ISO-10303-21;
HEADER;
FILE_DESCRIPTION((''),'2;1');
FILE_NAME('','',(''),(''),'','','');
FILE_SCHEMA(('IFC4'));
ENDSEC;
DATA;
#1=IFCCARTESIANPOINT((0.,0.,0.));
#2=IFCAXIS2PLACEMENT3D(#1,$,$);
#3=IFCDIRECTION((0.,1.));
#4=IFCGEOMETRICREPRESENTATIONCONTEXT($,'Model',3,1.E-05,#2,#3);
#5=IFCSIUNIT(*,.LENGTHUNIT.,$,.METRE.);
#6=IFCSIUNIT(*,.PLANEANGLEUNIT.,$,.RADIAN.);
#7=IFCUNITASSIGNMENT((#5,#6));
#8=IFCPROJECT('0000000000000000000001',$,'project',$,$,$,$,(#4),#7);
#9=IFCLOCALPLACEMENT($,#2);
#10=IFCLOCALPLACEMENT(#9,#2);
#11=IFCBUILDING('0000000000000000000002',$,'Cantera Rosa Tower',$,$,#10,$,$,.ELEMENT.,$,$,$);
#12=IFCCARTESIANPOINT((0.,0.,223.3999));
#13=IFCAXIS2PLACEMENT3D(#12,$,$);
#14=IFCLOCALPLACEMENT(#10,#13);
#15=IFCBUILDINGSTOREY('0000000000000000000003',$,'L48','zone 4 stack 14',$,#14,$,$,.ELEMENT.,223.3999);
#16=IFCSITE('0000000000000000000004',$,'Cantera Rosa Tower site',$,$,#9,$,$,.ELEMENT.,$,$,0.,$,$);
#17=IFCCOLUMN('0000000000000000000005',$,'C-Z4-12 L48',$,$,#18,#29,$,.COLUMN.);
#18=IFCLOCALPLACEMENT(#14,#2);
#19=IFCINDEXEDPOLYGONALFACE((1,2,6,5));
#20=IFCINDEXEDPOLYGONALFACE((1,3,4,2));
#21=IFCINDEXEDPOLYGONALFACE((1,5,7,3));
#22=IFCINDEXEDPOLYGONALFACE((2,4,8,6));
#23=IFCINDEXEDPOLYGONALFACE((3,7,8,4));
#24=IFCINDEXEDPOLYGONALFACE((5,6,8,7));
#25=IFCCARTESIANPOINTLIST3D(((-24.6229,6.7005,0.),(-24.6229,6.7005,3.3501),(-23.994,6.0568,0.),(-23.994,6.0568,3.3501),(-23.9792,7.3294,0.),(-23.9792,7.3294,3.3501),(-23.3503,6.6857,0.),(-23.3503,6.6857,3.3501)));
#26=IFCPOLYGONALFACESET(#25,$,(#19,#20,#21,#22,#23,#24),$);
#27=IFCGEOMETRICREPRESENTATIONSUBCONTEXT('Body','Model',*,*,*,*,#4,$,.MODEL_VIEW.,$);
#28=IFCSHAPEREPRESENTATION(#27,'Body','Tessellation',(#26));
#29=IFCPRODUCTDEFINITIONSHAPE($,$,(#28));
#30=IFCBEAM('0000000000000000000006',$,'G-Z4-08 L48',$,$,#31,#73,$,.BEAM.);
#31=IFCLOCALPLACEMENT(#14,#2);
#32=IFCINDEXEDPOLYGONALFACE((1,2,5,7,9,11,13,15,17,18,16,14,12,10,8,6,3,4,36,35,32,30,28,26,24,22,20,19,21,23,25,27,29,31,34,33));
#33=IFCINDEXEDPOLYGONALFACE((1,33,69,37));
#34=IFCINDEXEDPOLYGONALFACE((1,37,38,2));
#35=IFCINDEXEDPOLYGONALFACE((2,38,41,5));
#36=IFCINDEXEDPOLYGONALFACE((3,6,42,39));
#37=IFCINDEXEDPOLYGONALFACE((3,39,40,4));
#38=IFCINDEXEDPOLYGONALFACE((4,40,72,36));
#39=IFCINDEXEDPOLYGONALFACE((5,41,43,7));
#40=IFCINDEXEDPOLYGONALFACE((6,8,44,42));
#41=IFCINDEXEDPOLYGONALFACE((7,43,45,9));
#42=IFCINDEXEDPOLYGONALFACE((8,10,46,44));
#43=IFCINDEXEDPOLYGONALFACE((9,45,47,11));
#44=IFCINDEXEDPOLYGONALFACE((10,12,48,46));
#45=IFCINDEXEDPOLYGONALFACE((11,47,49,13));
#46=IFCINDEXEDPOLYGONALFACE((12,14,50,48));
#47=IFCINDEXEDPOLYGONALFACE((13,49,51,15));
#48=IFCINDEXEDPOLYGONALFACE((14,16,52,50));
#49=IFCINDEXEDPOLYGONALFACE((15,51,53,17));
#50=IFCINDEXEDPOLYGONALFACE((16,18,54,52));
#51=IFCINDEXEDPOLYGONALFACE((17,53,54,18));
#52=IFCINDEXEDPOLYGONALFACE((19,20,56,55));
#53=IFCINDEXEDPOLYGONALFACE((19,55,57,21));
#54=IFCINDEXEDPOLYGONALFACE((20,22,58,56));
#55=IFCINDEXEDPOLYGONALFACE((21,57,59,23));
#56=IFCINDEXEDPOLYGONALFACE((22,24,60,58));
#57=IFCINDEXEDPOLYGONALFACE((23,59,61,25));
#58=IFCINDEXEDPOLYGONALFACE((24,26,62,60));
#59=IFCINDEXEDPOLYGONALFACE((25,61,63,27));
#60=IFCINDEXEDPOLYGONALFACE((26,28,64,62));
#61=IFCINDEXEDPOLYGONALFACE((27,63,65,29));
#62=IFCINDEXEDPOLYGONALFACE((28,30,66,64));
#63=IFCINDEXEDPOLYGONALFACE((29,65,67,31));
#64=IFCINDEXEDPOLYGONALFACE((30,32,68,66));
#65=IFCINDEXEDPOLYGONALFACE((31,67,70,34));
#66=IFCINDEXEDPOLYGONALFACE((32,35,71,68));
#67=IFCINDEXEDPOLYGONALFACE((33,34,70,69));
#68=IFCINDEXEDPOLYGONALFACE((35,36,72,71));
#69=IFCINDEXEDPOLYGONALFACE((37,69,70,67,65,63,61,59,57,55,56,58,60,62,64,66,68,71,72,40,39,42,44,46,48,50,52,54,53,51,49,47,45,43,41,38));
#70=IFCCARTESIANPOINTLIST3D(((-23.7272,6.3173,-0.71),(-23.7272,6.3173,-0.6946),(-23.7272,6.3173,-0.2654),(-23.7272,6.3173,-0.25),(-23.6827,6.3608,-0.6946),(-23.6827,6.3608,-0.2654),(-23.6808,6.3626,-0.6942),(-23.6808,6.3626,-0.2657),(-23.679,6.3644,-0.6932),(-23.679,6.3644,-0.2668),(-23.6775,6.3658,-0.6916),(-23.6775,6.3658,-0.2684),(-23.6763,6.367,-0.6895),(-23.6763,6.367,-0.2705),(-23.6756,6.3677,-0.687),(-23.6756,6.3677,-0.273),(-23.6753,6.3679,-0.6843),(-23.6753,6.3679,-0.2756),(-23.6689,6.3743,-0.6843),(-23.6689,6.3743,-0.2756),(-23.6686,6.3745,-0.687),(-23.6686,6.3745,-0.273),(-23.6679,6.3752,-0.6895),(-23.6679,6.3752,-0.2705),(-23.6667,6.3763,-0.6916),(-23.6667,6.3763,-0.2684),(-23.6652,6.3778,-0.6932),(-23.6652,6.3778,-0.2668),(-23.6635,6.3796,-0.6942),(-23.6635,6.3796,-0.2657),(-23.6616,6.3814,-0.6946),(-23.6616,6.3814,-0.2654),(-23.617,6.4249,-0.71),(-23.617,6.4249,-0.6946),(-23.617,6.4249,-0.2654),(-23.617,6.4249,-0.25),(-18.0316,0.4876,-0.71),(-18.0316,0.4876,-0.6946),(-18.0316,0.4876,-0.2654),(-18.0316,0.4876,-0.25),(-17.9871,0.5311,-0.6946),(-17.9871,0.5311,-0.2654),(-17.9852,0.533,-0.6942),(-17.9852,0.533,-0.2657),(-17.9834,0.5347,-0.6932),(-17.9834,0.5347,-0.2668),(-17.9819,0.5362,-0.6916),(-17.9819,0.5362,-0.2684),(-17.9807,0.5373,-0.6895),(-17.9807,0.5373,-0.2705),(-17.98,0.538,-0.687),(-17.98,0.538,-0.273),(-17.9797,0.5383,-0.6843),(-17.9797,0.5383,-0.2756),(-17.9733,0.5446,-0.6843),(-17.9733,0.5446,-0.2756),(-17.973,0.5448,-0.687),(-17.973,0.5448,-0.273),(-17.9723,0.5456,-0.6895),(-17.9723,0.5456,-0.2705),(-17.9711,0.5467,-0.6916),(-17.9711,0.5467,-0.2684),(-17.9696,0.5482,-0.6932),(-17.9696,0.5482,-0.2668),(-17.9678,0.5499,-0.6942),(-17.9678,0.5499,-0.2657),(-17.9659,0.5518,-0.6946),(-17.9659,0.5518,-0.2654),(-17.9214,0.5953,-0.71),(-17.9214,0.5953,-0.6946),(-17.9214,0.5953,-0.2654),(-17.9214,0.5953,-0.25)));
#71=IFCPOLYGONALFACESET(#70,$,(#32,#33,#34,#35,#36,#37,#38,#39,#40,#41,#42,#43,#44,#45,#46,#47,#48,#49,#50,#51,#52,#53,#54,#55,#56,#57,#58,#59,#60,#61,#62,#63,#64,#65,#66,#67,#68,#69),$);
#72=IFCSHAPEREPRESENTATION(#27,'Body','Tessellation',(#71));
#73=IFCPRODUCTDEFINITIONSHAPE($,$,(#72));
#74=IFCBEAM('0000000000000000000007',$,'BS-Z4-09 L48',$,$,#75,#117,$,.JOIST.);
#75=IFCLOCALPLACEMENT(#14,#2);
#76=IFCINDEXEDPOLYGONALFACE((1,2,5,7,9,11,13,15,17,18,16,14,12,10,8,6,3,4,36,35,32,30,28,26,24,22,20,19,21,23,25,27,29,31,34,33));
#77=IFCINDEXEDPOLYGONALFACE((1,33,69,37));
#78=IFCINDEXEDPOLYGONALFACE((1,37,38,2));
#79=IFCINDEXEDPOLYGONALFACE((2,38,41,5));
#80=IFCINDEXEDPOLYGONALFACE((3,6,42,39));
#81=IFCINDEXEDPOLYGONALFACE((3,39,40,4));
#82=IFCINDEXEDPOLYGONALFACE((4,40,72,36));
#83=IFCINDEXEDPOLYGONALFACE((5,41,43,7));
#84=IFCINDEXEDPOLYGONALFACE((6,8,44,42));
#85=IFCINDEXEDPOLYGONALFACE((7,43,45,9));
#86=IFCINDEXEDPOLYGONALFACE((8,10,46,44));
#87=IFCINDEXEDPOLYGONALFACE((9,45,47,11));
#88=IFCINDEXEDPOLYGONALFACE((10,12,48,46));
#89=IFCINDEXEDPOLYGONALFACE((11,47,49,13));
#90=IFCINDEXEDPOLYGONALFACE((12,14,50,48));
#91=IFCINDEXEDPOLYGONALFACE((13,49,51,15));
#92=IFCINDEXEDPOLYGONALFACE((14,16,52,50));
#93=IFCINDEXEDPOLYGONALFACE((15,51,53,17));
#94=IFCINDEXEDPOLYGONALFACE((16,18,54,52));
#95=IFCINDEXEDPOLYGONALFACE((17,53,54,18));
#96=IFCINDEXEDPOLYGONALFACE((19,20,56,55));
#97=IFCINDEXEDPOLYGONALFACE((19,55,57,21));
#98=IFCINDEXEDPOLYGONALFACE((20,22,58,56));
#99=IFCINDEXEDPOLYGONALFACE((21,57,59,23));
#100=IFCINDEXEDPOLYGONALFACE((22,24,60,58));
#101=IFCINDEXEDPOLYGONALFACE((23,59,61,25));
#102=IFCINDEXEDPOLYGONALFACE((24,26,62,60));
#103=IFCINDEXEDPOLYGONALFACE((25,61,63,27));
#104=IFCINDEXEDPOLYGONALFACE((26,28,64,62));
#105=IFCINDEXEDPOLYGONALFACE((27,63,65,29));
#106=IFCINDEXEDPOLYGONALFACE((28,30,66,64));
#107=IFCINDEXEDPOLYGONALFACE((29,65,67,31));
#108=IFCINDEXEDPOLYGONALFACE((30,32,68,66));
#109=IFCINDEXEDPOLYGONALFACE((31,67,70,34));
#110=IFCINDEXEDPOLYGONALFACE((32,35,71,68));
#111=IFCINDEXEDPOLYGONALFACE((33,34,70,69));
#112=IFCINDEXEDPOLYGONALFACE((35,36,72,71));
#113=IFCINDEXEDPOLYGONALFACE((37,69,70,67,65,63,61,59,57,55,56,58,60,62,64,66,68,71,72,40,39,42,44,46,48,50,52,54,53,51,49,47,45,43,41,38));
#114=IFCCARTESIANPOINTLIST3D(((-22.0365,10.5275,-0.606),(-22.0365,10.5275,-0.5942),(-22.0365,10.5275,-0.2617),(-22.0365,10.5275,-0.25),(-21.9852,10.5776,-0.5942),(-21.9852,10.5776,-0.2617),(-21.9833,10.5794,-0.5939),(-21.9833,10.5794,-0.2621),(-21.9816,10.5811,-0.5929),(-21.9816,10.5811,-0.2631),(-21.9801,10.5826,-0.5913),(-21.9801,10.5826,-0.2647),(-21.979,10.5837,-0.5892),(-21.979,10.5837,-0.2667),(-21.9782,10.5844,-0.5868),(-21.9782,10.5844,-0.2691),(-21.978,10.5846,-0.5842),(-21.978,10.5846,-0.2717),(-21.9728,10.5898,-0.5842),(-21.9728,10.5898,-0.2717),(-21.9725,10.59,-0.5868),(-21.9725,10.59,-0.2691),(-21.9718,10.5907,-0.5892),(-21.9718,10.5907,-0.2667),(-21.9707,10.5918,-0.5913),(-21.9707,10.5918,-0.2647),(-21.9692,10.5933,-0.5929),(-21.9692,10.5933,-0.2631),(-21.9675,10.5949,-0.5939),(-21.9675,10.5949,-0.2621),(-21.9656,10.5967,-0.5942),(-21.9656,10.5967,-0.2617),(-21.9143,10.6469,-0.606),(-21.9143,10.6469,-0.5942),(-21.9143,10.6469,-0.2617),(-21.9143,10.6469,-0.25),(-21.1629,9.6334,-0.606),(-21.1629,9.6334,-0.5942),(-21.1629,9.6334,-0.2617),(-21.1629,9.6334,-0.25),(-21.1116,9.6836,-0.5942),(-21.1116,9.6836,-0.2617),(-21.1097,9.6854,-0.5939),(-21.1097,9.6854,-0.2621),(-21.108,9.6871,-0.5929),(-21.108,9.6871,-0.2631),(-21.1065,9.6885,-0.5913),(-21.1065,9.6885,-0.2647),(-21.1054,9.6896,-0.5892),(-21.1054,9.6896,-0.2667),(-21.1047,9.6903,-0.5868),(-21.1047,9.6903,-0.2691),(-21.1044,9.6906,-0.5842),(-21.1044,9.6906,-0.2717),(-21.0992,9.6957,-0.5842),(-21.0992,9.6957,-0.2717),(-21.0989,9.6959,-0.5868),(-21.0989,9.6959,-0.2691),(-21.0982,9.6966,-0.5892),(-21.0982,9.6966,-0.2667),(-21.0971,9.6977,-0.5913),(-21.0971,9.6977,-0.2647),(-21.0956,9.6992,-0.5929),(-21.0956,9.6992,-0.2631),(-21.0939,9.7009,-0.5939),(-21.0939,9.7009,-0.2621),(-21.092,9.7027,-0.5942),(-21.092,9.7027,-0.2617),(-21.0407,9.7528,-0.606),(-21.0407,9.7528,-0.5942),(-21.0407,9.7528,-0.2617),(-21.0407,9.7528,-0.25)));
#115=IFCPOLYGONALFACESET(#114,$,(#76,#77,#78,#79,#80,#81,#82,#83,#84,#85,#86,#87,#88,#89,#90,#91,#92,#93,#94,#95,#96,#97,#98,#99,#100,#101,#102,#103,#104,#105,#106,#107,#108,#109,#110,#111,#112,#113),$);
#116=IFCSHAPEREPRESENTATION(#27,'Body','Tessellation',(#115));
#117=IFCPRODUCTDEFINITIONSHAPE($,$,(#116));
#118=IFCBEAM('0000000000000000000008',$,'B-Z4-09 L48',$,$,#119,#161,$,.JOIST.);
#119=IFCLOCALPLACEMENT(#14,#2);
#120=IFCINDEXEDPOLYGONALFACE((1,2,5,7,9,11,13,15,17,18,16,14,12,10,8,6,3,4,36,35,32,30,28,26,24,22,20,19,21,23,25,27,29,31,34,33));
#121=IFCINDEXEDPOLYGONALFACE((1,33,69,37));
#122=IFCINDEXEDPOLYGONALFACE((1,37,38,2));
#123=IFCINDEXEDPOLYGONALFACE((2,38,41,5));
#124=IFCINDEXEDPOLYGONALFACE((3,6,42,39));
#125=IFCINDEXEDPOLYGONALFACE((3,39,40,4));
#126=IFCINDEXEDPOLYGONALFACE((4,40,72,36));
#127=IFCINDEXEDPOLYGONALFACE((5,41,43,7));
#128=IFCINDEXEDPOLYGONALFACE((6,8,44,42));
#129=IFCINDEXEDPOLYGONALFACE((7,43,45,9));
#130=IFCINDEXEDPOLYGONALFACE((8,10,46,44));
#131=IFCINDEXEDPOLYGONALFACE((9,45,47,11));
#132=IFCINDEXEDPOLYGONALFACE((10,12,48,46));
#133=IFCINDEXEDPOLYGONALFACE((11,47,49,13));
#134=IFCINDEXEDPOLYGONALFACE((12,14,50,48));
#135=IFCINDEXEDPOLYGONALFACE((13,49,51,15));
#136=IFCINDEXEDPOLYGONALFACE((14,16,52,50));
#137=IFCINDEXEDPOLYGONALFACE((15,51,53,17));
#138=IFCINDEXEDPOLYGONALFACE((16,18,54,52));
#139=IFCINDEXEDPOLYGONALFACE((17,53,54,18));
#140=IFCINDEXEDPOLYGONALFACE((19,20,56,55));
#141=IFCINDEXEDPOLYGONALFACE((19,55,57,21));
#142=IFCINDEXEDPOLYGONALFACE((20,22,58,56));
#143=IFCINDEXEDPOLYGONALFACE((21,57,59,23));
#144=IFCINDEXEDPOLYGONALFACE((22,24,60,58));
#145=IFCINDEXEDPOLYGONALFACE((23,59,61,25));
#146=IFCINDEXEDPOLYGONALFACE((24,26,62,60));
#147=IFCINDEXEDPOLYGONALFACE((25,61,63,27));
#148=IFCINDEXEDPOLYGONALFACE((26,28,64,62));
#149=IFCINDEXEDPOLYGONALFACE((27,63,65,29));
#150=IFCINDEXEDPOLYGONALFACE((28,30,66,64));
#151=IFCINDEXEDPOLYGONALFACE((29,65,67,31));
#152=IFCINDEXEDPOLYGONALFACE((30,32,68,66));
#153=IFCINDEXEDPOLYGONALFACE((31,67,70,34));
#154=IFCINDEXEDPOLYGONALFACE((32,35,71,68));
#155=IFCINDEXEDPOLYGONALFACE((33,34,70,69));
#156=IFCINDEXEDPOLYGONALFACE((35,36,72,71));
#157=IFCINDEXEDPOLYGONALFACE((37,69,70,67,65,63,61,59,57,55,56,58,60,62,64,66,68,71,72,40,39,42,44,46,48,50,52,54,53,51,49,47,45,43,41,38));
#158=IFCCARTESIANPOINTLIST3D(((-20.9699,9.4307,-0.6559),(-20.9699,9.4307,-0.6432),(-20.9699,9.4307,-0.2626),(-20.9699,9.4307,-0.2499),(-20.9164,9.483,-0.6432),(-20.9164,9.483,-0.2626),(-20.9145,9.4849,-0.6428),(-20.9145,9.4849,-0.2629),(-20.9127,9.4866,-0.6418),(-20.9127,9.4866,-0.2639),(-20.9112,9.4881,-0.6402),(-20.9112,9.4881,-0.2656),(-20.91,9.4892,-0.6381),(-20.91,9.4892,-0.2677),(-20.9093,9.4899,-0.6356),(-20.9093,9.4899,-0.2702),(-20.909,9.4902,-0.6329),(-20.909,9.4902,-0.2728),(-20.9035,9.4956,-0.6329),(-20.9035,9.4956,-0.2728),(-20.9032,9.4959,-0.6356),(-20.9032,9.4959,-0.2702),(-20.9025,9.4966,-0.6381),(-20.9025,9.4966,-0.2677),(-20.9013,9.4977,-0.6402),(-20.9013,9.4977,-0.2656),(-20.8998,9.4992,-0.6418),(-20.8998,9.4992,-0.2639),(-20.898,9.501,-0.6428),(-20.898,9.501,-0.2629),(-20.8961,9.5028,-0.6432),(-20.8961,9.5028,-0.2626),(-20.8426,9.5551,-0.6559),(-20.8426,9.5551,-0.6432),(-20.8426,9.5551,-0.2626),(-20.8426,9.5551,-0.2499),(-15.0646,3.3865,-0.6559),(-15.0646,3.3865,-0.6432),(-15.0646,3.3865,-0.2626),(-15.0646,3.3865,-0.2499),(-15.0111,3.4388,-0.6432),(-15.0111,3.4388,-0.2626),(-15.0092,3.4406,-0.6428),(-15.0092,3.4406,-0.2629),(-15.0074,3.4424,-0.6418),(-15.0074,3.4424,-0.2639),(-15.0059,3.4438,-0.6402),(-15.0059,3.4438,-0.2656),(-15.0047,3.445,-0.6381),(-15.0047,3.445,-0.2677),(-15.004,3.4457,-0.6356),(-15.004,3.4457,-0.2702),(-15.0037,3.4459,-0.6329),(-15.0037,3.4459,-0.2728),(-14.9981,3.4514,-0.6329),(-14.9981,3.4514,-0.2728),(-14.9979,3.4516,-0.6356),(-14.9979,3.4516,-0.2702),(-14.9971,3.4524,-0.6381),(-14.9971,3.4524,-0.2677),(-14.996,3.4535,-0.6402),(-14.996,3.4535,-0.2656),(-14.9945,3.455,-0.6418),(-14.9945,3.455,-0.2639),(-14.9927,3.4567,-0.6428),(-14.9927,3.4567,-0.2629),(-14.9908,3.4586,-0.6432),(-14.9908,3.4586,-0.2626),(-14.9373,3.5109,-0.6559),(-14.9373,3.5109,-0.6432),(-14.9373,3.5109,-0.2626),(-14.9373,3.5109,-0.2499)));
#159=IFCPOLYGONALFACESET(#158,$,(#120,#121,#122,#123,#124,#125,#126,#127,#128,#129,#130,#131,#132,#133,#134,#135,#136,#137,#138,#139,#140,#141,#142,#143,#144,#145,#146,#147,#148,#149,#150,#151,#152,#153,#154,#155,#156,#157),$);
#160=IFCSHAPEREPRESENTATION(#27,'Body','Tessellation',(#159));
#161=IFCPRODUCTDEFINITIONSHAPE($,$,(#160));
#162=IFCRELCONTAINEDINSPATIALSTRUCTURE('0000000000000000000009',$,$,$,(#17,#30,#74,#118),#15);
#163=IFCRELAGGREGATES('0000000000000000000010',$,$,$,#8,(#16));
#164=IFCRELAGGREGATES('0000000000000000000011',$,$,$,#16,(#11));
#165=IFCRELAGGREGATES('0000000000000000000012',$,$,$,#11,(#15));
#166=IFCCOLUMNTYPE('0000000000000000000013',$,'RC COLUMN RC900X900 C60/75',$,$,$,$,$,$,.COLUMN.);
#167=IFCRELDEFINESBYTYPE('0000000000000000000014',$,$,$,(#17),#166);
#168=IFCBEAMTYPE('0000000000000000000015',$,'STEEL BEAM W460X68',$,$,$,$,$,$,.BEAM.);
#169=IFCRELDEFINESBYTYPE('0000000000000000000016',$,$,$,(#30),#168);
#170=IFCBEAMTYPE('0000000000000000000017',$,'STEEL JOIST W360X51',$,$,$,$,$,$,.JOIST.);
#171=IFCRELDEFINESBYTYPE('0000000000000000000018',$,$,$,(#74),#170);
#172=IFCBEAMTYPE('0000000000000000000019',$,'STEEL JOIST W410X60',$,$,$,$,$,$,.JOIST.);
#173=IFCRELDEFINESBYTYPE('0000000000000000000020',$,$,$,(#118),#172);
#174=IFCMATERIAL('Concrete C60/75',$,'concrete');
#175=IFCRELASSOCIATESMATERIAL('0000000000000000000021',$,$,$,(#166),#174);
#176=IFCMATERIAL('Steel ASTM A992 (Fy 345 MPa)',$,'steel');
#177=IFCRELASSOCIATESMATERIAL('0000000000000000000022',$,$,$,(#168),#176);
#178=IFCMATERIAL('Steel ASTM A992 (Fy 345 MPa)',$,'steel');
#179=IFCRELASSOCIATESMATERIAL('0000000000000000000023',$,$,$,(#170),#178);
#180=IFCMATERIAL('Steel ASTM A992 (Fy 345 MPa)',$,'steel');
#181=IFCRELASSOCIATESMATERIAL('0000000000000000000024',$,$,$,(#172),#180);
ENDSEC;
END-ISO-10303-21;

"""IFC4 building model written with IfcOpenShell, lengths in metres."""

from ifc_helpers import new_model, si_unit, direction, frame, origin, origin_2d, place, context, subcontext, project, spatial, rectangle, i_section, extrude, material, material_profile, profile_set, type_object, element, save


model = new_model("IFC4")

# Units and contexts
model_context = context("Model", 3, precision=1e-05, world=origin(), true_north=direction((0.0, 1.0)))
body_context = subcontext(model_context, "Body", "Model", "MODEL_VIEW")
ifc_project = project(units=[si_unit("LENGTHUNIT", "METRE"), si_unit("PLANEANGLEUNIT", "RADIAN")], contexts=[model_context])

# Site, building, storey
site_placement = place(None, origin())
site = spatial("IfcSite", under=ifc_project, at=site_placement, Name="Cantera Rosa Tower site", CompositionType="ELEMENT", RefElevation=0.0)
building_placement = place(site_placement, origin())
building = spatial("IfcBuilding", under=site, at=building_placement, Name="Cantera Rosa Tower", CompositionType="ELEMENT")
storey_placement = place(building_placement, frame((0.0, 0.0, 223.3999)))
storey = spatial("IfcBuildingStorey", under=building, at=storey_placement, Name="L48", Description="zone 4 stack 14", CompositionType="ELEMENT", Elevation=223.3999)

# Column
ifc_material_1 = material(Name="Concrete C60/75", Category="concrete")
ifc_material_profile_1 = material_profile(ifc_material_1, rectangle(XDim=0.8999, YDim=0.8999, at=origin_2d()), Name="RC COLUMN RC900X900 C60/75")
ifc_profile_set_1 = profile_set([ifc_material_profile_1], Name="Concrete C60/75")
column_type = type_object("IfcColumnType", Name="RC COLUMN RC900X900 C60/75", PredefinedType="COLUMN", material=ifc_profile_set_1)
column_placement = place(storey_placement, frame((-23.9866, 6.6931, 0.0), z_axis=(0.0, 0.0, 1.0), x_axis=(0.715286, 0.698832, 0.0)))
element("IfcColumn", 1, at=column_placement, inside=storey, type_object=column_type, Name="C-Z4-12 L48", PredefinedType="COLUMN", context=body_context, shape_type="SweptSolid", body=[
    extrude(rectangle(XDim=0.8999, YDim=0.8999, at=origin_2d()), origin(), (0.0, 0.0, 1.0), 3.3501),
])

# Beams
ifc_material_2 = material(Name="Steel ASTM A992 (Fy 345 MPa)", Category="steel")
ifc_material_profile_2 = material_profile(ifc_material_2, i_section(OverallWidth=0.1541, OverallDepth=0.46, WebThickness=0.009, FlangeThickness=0.0154, FilletRadius=0.0103, at=origin_2d()), Name="W460X68")
ifc_profile_set_2 = profile_set([ifc_material_profile_2], Name="Steel ASTM A992 (Fy 345 MPa)")
beam_type_1 = type_object("IfcBeamType", Name="STEEL BEAM W460X68", PredefinedType="BEAM", material=ifc_profile_set_2)
beam_1_placement = place(storey_placement, frame((-23.6721, 6.3711, -0.48), z_axis=(0.698836, -0.715282, 0.0), x_axis=(0.715282, 0.698836, 0.0)))
element("IfcBeam", 2, at=beam_1_placement, inside=storey, type_object=beam_type_1, Name="G-Z4-08 L48", PredefinedType="BEAM", context=body_context, shape_type="SweptSolid", body=[
    extrude(i_section(OverallWidth=0.1541, OverallDepth=0.46, WebThickness=0.009, FlangeThickness=0.0154, FilletRadius=0.0103, at=origin_2d()), origin(), (0.0, 0.0, 1.0), 8.1501),
])
ifc_material_3 = material(Name="Steel ASTM A992 (Fy 345 MPa)", Category="steel")
ifc_material_profile_3 = material_profile(ifc_material_3, i_section(OverallWidth=0.1709, OverallDepth=0.356, WebThickness=0.0073, FlangeThickness=0.0117, FilletRadius=0.01, at=origin_2d()), Name="W360X51")
ifc_profile_set_3 = profile_set([ifc_material_profile_3], Name="Steel ASTM A992 (Fy 345 MPa)")
beam_type_2 = type_object("IfcBeamType", Name="STEEL JOIST W360X51", PredefinedType="JOIST", material=ifc_profile_set_3)
beam_2_placement = place(storey_placement, frame((-21.1018, 9.6931, -0.428), z_axis=(-0.698856, 0.715263, 0.0), x_axis=(-0.715263, -0.698856, 0.0)))
element("IfcBeam", 3, at=beam_2_placement, inside=storey, type_object=beam_type_2, Name="BS-Z4-09 L48", PredefinedType="JOIST", context=body_context, shape_type="SweptSolid", body=[
    extrude(i_section(OverallWidth=0.1709, OverallDepth=0.356, WebThickness=0.0073, FlangeThickness=0.0117, FilletRadius=0.01, at=origin_2d()), origin(), (0.0, 0.0, 1.0), 1.25),
])
ifc_material_4 = material(Name="Steel ASTM A992 (Fy 345 MPa)", Category="steel")
ifc_material_profile_4 = material_profile(ifc_material_4, i_section(OverallWidth=0.178, OverallDepth=0.406, WebThickness=0.0078, FlangeThickness=0.0127, FilletRadius=0.0103, at=origin_2d()), Name="W410X60")
ifc_profile_set_4 = profile_set([ifc_material_profile_4], Name="Steel ASTM A992 (Fy 345 MPa)")
beam_type_3 = type_object("IfcBeamType", Name="STEEL JOIST W410X60", PredefinedType="JOIST", material=ifc_profile_set_4)
beam_3_placement = place(storey_placement, frame((-20.9062, 9.4929, -0.4529), z_axis=(0.698839, -0.715279, 0.0), x_axis=(0.715279, 0.698839, 0.0)))
element("IfcBeam", 4, at=beam_3_placement, inside=storey, type_object=beam_type_3, Name="B-Z4-09 L48", PredefinedType="JOIST", context=body_context, shape_type="SweptSolid", body=[
    extrude(i_section(OverallWidth=0.178, OverallDepth=0.406, WebThickness=0.0078, FlangeThickness=0.0127, FilletRadius=0.0103, at=origin_2d()), origin(), (0.0, 0.0, 1.0), 8.4502),
])

save(model, "model.ifc")
